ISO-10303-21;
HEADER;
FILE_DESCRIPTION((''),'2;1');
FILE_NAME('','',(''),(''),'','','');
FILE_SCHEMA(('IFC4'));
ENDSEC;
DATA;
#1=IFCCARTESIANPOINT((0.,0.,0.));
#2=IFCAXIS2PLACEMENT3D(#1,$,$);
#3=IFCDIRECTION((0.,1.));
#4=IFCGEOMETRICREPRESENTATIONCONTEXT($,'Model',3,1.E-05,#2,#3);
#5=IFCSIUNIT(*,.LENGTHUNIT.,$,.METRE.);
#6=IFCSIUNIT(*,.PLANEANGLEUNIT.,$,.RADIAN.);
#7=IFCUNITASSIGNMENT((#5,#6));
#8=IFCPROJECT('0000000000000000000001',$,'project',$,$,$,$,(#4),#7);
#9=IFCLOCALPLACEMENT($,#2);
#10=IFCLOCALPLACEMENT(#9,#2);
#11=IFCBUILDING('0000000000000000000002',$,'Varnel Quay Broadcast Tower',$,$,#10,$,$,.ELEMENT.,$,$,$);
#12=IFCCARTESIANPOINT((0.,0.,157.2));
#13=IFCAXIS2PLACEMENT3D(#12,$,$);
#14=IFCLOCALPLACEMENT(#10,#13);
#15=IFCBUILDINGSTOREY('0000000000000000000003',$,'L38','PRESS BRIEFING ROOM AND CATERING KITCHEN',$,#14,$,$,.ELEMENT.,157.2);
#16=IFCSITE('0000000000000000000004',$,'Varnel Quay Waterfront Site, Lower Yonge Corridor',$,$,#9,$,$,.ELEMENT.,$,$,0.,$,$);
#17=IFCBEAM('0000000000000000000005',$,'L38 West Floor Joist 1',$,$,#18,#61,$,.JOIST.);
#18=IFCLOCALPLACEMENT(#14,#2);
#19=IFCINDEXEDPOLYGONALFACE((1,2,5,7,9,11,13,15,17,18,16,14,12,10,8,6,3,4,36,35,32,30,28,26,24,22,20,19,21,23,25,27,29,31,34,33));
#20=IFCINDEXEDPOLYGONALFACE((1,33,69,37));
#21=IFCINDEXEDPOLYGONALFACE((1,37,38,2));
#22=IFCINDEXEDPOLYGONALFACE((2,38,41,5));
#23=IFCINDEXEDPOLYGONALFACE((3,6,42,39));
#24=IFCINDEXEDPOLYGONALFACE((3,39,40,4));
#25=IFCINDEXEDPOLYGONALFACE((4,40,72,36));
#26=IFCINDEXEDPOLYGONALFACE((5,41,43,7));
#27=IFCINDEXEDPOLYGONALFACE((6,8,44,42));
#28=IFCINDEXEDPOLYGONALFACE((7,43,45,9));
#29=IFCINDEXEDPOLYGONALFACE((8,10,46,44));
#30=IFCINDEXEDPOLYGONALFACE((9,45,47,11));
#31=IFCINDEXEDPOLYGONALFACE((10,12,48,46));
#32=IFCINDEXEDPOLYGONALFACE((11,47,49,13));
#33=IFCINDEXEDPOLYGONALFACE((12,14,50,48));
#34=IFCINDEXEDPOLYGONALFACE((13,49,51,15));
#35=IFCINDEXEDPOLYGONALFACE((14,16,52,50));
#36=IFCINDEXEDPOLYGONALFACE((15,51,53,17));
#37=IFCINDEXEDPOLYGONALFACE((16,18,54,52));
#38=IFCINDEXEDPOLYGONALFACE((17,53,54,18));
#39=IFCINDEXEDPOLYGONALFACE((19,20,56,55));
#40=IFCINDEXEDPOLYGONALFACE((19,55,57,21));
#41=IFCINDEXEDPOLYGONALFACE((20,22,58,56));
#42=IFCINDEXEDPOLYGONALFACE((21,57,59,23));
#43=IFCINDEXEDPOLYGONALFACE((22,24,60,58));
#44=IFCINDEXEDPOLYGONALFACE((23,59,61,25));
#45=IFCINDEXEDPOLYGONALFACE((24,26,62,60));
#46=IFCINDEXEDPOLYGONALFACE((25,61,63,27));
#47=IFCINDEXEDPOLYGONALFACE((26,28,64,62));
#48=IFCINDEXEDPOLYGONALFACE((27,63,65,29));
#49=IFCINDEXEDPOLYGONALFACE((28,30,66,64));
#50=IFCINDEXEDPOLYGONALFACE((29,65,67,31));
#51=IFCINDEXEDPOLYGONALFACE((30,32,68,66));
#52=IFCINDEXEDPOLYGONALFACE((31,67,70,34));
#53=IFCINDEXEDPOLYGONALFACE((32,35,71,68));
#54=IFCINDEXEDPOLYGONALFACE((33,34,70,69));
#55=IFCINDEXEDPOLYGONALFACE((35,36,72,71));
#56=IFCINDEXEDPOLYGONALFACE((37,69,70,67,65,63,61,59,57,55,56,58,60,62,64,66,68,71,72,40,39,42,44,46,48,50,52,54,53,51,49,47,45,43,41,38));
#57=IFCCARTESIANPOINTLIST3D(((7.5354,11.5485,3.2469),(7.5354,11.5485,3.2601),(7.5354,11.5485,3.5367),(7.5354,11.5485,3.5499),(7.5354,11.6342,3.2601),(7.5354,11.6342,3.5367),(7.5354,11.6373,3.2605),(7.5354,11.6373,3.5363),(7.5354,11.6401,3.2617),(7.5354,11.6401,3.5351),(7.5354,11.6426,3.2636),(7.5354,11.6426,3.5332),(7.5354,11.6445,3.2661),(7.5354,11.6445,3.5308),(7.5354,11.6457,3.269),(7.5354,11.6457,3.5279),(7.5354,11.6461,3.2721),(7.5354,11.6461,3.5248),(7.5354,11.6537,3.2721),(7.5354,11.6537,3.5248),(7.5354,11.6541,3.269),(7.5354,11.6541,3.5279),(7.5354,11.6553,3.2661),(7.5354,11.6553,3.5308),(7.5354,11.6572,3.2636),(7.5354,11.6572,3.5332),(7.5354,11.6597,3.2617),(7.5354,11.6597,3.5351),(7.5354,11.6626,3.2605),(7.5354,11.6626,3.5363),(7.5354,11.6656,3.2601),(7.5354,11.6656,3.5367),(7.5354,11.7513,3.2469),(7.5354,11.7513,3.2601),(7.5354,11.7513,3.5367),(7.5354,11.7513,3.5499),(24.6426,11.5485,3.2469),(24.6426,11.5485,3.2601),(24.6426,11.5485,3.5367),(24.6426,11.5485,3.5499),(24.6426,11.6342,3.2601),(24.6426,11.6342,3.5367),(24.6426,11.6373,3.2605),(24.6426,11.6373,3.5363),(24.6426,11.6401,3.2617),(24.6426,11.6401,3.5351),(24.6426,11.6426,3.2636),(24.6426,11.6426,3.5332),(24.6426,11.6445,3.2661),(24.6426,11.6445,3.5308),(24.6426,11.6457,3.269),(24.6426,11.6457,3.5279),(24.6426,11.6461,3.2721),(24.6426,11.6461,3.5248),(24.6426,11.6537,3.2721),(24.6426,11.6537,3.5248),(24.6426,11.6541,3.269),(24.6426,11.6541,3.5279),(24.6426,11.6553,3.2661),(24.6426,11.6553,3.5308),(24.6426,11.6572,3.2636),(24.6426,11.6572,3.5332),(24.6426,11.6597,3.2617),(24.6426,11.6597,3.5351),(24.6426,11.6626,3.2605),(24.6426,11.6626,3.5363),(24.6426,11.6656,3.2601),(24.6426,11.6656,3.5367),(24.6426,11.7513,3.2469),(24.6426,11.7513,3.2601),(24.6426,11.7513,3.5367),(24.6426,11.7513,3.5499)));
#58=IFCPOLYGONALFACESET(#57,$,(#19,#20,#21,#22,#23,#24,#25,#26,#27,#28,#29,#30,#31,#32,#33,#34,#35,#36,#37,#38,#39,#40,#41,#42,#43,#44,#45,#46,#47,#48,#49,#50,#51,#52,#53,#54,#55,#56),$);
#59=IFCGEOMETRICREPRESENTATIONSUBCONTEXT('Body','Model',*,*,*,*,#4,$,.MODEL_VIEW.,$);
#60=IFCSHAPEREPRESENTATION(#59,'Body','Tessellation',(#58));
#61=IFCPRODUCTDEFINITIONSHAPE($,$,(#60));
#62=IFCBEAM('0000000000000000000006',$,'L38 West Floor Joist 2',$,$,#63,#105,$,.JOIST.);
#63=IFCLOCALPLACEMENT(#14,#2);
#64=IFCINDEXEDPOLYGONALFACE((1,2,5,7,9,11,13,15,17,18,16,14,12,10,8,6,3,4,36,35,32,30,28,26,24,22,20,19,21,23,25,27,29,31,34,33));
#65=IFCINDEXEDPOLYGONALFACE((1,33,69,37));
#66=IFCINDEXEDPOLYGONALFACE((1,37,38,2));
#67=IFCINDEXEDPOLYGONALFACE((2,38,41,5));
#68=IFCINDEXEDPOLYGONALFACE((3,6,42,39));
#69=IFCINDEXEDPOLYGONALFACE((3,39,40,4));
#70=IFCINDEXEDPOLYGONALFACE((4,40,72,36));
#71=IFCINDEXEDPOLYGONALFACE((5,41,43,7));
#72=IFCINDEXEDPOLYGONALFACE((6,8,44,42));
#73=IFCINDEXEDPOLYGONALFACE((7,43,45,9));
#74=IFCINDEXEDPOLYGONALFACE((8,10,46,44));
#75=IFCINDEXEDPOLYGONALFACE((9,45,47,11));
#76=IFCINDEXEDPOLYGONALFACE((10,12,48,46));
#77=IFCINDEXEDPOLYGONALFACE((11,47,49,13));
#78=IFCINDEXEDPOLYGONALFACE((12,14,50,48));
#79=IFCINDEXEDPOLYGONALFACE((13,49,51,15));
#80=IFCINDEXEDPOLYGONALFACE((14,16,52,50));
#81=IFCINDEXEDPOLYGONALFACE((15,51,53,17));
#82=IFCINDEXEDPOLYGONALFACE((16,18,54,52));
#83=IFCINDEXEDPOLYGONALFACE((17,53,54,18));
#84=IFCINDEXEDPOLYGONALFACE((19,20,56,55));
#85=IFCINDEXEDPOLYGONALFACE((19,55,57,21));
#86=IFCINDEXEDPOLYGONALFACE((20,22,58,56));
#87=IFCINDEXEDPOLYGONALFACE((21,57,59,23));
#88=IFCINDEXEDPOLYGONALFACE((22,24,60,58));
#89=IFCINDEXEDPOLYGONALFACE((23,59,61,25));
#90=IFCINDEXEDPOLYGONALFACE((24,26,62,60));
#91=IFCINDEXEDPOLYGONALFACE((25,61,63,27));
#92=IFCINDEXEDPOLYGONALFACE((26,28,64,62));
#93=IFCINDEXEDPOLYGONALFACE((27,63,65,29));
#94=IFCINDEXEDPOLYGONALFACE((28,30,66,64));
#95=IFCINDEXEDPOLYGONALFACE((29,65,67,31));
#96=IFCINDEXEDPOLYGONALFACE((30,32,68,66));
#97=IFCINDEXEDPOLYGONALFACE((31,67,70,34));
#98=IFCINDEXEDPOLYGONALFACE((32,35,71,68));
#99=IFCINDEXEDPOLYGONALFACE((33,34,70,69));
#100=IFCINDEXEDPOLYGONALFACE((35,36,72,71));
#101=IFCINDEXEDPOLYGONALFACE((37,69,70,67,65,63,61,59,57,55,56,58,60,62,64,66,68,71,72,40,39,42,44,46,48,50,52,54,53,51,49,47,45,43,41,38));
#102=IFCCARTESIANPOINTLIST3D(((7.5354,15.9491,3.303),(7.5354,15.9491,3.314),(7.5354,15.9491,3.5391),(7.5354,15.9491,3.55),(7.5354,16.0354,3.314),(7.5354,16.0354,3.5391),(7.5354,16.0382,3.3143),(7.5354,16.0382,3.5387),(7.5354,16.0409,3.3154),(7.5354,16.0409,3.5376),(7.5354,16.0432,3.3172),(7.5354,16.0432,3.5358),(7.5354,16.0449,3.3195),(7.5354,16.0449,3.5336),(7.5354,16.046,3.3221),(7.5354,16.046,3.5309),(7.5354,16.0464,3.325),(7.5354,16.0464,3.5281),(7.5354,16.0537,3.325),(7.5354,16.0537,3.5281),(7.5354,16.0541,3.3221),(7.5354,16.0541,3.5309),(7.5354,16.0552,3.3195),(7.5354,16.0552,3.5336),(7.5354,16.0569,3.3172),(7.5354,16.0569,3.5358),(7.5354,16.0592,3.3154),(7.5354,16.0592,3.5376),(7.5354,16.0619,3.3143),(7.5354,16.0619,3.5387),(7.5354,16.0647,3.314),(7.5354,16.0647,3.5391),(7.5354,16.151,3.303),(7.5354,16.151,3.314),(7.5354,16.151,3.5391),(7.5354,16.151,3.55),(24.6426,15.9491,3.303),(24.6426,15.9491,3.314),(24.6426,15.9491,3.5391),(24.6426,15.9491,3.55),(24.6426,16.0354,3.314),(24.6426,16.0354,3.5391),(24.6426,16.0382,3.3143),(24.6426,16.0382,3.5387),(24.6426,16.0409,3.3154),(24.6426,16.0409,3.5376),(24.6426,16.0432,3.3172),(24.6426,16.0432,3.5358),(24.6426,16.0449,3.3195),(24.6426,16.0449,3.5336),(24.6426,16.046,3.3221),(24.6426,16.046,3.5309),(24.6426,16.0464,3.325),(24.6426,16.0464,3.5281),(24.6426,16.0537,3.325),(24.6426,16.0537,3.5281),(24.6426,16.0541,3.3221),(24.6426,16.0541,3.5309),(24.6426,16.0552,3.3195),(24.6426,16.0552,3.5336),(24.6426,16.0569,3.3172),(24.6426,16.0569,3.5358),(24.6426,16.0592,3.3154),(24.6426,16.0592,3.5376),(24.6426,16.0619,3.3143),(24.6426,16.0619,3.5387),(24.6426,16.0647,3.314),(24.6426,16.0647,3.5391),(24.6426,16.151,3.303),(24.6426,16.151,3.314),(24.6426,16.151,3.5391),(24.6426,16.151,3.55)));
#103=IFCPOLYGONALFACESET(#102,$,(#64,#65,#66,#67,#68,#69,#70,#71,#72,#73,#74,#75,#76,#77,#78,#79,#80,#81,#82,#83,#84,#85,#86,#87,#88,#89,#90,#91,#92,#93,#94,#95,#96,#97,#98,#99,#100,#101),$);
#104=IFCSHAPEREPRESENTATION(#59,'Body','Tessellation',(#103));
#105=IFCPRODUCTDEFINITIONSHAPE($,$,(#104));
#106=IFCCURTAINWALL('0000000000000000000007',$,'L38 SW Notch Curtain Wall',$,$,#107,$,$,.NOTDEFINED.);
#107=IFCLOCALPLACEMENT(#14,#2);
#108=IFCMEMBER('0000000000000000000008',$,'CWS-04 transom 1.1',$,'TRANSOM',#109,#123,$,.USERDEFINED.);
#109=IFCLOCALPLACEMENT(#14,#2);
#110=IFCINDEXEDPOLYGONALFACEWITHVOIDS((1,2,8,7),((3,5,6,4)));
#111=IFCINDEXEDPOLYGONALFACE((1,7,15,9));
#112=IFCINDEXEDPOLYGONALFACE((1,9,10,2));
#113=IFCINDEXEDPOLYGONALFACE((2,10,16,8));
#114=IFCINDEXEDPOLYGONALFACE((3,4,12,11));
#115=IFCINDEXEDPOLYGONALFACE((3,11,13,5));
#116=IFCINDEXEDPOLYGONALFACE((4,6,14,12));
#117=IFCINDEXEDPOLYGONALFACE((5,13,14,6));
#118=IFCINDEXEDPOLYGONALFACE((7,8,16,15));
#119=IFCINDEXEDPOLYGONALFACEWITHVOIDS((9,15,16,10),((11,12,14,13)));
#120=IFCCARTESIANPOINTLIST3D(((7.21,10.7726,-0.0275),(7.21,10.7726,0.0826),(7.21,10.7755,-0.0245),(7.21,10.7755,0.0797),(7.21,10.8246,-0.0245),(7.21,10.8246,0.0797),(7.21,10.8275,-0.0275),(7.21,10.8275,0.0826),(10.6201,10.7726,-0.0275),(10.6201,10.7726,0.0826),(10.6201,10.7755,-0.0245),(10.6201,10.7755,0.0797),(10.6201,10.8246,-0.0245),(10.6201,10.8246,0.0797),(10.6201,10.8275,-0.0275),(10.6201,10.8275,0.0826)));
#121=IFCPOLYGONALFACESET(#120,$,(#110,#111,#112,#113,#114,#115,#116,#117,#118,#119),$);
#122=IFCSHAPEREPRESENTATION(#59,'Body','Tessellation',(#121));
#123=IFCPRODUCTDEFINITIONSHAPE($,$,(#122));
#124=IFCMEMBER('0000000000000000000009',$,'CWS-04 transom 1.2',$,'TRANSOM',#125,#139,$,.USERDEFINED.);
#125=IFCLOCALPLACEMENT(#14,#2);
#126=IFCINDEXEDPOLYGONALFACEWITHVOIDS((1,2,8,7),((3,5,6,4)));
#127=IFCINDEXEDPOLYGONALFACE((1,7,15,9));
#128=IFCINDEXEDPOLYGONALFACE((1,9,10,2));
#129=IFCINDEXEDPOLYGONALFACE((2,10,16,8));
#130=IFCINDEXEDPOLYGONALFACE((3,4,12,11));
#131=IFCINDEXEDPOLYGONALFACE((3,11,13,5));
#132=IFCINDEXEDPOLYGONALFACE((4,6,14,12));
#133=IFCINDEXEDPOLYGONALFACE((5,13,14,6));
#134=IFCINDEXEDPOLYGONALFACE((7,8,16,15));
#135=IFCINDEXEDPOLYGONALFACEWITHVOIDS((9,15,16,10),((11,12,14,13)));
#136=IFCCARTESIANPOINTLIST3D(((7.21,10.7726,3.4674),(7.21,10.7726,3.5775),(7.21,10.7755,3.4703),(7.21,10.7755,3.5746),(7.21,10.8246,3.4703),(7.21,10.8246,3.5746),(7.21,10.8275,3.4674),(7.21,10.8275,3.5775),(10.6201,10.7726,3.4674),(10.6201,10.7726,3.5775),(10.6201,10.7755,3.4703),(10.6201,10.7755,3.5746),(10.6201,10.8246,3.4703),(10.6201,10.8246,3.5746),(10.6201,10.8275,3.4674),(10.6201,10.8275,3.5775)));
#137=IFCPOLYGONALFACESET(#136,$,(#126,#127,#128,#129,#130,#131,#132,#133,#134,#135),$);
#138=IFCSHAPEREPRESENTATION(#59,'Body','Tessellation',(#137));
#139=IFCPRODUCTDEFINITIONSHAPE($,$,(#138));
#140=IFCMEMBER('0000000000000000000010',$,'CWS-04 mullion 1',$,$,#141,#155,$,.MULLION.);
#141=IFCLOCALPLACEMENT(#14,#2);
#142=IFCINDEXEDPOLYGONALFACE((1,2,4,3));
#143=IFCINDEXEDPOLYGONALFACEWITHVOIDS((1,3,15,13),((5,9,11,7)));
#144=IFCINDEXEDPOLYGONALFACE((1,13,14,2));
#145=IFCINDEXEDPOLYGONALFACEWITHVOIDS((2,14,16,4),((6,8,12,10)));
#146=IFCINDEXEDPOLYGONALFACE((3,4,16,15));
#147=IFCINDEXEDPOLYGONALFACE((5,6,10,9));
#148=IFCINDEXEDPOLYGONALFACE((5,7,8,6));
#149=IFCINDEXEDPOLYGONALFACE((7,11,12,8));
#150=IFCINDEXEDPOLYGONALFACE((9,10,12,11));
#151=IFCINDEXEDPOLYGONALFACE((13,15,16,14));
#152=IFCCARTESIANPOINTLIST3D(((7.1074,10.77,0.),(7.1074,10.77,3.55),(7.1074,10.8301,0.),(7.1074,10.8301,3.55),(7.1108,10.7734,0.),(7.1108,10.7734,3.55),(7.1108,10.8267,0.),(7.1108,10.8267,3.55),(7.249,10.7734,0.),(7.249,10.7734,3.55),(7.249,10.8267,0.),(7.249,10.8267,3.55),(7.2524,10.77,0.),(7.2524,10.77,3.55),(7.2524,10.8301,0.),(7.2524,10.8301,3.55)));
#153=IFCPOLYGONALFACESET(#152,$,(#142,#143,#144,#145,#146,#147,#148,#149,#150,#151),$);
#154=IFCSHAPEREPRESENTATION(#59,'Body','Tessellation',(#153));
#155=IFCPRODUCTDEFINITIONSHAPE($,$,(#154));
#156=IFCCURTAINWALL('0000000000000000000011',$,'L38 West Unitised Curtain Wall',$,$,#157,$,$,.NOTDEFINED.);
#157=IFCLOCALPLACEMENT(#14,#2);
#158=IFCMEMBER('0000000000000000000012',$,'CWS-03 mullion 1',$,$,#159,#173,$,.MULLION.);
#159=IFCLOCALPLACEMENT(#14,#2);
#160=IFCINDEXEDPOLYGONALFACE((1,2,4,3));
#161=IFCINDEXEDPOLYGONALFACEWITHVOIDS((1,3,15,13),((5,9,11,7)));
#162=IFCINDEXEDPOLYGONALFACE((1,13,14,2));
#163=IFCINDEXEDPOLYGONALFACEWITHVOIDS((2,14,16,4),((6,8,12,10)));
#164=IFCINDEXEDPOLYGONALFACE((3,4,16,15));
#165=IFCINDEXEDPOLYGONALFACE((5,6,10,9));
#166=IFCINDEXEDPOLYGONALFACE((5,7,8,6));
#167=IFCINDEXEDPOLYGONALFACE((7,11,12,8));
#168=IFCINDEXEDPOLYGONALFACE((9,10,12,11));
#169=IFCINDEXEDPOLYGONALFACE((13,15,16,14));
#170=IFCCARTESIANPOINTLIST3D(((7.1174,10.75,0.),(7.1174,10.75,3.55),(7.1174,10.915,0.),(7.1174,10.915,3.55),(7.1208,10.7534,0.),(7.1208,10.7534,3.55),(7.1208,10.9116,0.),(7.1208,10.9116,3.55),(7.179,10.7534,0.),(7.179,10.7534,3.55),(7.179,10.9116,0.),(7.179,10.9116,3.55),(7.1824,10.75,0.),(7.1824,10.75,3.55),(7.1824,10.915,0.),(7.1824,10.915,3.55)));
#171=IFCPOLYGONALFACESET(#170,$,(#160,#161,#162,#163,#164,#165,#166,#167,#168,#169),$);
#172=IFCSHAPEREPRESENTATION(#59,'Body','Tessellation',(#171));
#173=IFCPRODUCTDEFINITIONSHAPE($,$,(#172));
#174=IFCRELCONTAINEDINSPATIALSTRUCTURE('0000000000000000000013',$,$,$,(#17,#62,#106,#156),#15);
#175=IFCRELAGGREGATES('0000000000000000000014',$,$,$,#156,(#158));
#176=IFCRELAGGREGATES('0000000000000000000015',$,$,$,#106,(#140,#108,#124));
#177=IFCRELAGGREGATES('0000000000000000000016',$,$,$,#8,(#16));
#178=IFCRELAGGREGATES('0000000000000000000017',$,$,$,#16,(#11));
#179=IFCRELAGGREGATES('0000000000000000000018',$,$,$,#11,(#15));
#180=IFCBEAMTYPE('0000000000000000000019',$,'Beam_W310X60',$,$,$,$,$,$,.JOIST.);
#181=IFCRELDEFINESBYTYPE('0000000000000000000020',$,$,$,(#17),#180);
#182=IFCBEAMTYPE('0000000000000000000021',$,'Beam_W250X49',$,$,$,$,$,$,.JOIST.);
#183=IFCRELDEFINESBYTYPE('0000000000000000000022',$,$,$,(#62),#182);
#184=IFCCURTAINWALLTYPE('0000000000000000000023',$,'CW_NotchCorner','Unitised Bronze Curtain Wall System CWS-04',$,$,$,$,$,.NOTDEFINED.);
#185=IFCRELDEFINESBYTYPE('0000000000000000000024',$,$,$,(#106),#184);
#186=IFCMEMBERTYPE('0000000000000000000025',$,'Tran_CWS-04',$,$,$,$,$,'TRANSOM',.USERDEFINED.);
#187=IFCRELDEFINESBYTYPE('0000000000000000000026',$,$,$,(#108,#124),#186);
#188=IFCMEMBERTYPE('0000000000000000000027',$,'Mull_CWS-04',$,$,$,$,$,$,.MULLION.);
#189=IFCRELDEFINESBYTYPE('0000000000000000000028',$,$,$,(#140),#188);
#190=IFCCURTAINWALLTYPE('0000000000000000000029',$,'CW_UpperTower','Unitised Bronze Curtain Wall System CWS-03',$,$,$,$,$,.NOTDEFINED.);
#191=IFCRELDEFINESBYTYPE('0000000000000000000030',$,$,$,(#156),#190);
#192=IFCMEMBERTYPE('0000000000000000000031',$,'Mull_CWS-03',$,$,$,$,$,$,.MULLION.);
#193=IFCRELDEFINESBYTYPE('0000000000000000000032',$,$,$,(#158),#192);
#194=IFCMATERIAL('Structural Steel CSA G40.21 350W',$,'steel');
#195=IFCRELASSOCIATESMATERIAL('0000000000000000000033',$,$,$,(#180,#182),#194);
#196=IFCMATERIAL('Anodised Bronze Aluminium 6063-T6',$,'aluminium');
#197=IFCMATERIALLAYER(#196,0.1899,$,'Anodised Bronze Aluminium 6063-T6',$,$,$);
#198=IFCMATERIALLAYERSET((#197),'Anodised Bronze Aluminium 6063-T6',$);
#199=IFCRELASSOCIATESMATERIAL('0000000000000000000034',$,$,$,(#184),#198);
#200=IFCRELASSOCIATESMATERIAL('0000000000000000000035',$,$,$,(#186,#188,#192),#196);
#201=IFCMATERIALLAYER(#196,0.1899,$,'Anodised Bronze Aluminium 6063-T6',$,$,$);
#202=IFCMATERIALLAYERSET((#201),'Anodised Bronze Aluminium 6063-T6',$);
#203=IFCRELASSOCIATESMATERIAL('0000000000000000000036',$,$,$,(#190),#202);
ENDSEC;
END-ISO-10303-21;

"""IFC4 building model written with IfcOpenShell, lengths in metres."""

from ifc_helpers import new_model, si_unit, direction, frame, origin, origin_2d, place, context, subcontext, project, spatial, hollow_rectangle, i_section, extrude, source, transform, mapped, material, layer, layer_set, material_profile, profile_set, type_object, type_shapes, element, aggregate, save


model = new_model("IFC4")

# Units and contexts
model_context = context("Model", 3, precision=1e-05, world=origin(), true_north=direction((0.0, 1.0)))
body_context = subcontext(model_context, "Body", "Model", "MODEL_VIEW")
ifc_project = project(units=[si_unit("LENGTHUNIT", "METRE"), si_unit("PLANEANGLEUNIT", "RADIAN")], contexts=[model_context])

# Site, building, storey
site_placement = place(None, origin())
site = spatial("IfcSite", under=ifc_project, at=site_placement, Name="Varnel Quay Waterfront Site, Lower Yonge Corridor", CompositionType="ELEMENT", RefElevation=0.0)
building_placement = place(site_placement, origin())
building = spatial("IfcBuilding", under=site, at=building_placement, Name="Varnel Quay Broadcast Tower", CompositionType="ELEMENT")
storey_placement = place(building_placement, frame((0.0, 0.0, 157.2)))
storey = spatial("IfcBuildingStorey", under=building, at=storey_placement, Name="L38", Description="PRESS BRIEFING ROOM AND CATERING KITCHEN", CompositionType="ELEMENT", Elevation=157.2)

# Shared definitions
ifc_material_1 = material(Name="Structural Steel CSA G40.21 350W", Category="steel")

# Beams
ifc_material_profile_1 = material_profile(ifc_material_1, i_section(OverallWidth=0.2029, OverallDepth=0.303, WebThickness=0.0076, FlangeThickness=0.0132, FilletRadius=0.012, at=origin_2d()), Name="W310X60")
ifc_profile_set_1 = profile_set([ifc_material_profile_1], Name="Structural Steel CSA G40.21 350W")
beam_type_1 = type_object("IfcBeamType", Name="Beam_W310X60", PredefinedType="JOIST", material=ifc_profile_set_1)
shared_shape_1 = source(origin(), body_context, "Body", "SweptSolid", [
    extrude(i_section(OverallWidth=0.2029, OverallDepth=0.303, WebThickness=0.0076, FlangeThickness=0.0132, FilletRadius=0.012, at=origin_2d()), origin(), (0.0, 0.0, 1.0), 17.1072),
])
type_shapes(beam_type_1, [shared_shape_1])
beam_1_placement = place(storey_placement, frame((7.5354, 11.6499, 3.3984), z_axis=(1.0, 0.0, 0.0), x_axis=(0.0, 1.0, 0.0)))
element("IfcBeam", 1, at=beam_1_placement, inside=storey, type_object=beam_type_1, Name="L38 West Floor Joist 1", PredefinedType="JOIST", context=body_context, shape_type="MappedRepresentation", body=[
    mapped(shared_shape_1, transform((0.0, 0.0, 0.0), x_axis=(1.0, 0.0, 0.0), y_axis=(0.0, 1.0, 0.0), z_axis=(0.0, 0.0, 1.0), scale=1.0)),
])
ifc_material_profile_2 = material_profile(ifc_material_1, i_section(OverallWidth=0.2019, OverallDepth=0.2471, WebThickness=0.0073, FlangeThickness=0.011, FilletRadius=0.011, at=origin_2d()), Name="W250X49")
ifc_profile_set_2 = profile_set([ifc_material_profile_2], Name="Structural Steel CSA G40.21 350W")
beam_type_2 = type_object("IfcBeamType", Name="Beam_W250X49", PredefinedType="JOIST", material=ifc_profile_set_2)
shared_shape_2 = source(origin(), body_context, "Body", "SweptSolid", [
    extrude(i_section(OverallWidth=0.2019, OverallDepth=0.2471, WebThickness=0.0073, FlangeThickness=0.011, FilletRadius=0.011, at=origin_2d()), origin(), (0.0, 0.0, 1.0), 17.1072),
])
type_shapes(beam_type_2, [shared_shape_2])
beam_2_placement = place(storey_placement, frame((7.5354, 16.05, 3.4265), z_axis=(1.0, 0.0, 0.0), x_axis=(0.0, 1.0, 0.0)))
element("IfcBeam", 2, at=beam_2_placement, inside=storey, type_object=beam_type_2, Name="L38 West Floor Joist 2", PredefinedType="JOIST", context=body_context, shape_type="MappedRepresentation", body=[
    mapped(shared_shape_2, transform((0.0, 0.0, 0.0), x_axis=(1.0, 0.0, 0.0), y_axis=(0.0, 1.0, 0.0), z_axis=(0.0, 0.0, 1.0), scale=1.0)),
])

# Curtain walls, members
ifc_material_2 = material(Name="Anodised Bronze Aluminium 6063-T6", Category="aluminium")
ifc_layer_1 = layer(ifc_material_2, 0.1899, Name="Anodised Bronze Aluminium 6063-T6")
ifc_layer_set_1 = layer_set([ifc_layer_1], Name="Anodised Bronze Aluminium 6063-T6")
curtain_wall_type_1 = type_object("IfcCurtainWallType", Name="CW_NotchCorner", Description="Unitised Bronze Curtain Wall System CWS-04", PredefinedType="NOTDEFINED", material=ifc_layer_set_1)
curtain_wall_1_placement = place(storey_placement, origin())
curtain_wall_1 = element("IfcCurtainWall", 3, at=curtain_wall_1_placement, inside=storey, type_object=curtain_wall_type_1, Name="L38 SW Notch Curtain Wall", PredefinedType="NOTDEFINED")
ifc_material_profile_3 = material_profile(ifc_material_2, hollow_rectangle(XDim=0.0549, YDim=0.1101, WallThickness=0.0029, at=origin_2d()), Name="ALU55X110X3")
ifc_profile_set_3 = profile_set([ifc_material_profile_3], Name="Anodised Bronze Aluminium 6063-T6")
member_type_1 = type_object("IfcMemberType", Name="Tran_CWS-04", ElementType="TRANSOM", PredefinedType="USERDEFINED", material=ifc_profile_set_3)
shared_shape_3 = source(origin(), body_context, "Body", "SweptSolid", [
    extrude(hollow_rectangle(XDim=0.0549, YDim=0.1101, WallThickness=0.0029, at=origin_2d()), origin(), (0.0, 0.0, 1.0), 3.4102),
])
type_shapes(member_type_1, [shared_shape_3])
member_1_placement = place(storey_placement, frame((7.21, 10.8, 0.0276), z_axis=(1.0, 0.0, 0.0), x_axis=(0.0, 1.0, 0.0)))
member_1 = element("IfcMember", 4, at=member_1_placement, type_object=member_type_1, Name="CWS-04 transom 1.1", ObjectType="TRANSOM", PredefinedType="USERDEFINED", context=body_context, shape_type="MappedRepresentation", body=[
    mapped(shared_shape_3, transform((0.0, 0.0, 0.0), x_axis=(1.0, 0.0, 0.0), y_axis=(0.0, 1.0, 0.0), z_axis=(0.0, 0.0, 1.0), scale=1.0)),
])
member_2_placement = place(storey_placement, frame((7.21, 10.8, 3.5225), z_axis=(1.0, 0.0, 0.0), x_axis=(0.0, 1.0, 0.0)))
member_2 = element("IfcMember", 5, at=member_2_placement, type_object=member_type_1, Name="CWS-04 transom 1.2", ObjectType="TRANSOM", PredefinedType="USERDEFINED", context=body_context, shape_type="MappedRepresentation", body=[
    mapped(shared_shape_3, transform((0.0, 0.0, 0.0), x_axis=(1.0, 0.0, 0.0), y_axis=(0.0, 1.0, 0.0), z_axis=(0.0, 0.0, 1.0), scale=1.0)),
])
ifc_material_profile_4 = material_profile(ifc_material_2, hollow_rectangle(XDim=0.0601, YDim=0.145, WallThickness=0.0034, at=origin_2d()), Name="ALU60X145X3.5")
ifc_profile_set_4 = profile_set([ifc_material_profile_4], Name="Anodised Bronze Aluminium 6063-T6")
member_type_2 = type_object("IfcMemberType", Name="Mull_CWS-04", PredefinedType="MULLION", material=ifc_profile_set_4)
shared_shape_4 = source(origin(), body_context, "Body", "SweptSolid", [
    extrude(hollow_rectangle(XDim=0.0601, YDim=0.145, WallThickness=0.0034, at=origin_2d()), origin(), (0.0, 0.0, 1.0), 3.55),
])
type_shapes(member_type_2, [shared_shape_4])
member_3_placement = place(storey_placement, frame((7.1799, 10.8, 0.0), z_axis=(0.0, 0.0, 1.0), x_axis=(0.0, 1.0, 0.0)))
member_3 = element("IfcMember", 6, at=member_3_placement, type_object=member_type_2, Name="CWS-04 mullion 1", PredefinedType="MULLION", context=body_context, shape_type="MappedRepresentation", body=[
    mapped(shared_shape_4, transform((0.0, 0.0, 0.0), x_axis=(1.0, 0.0, 0.0), y_axis=(0.0, 1.0, 0.0), z_axis=(0.0, 0.0, 1.0), scale=1.0)),
])
ifc_layer_2 = layer(ifc_material_2, 0.1899, Name="Anodised Bronze Aluminium 6063-T6")
ifc_layer_set_2 = layer_set([ifc_layer_2], Name="Anodised Bronze Aluminium 6063-T6")
curtain_wall_type_2 = type_object("IfcCurtainWallType", Name="CW_UpperTower", Description="Unitised Bronze Curtain Wall System CWS-03", PredefinedType="NOTDEFINED", material=ifc_layer_set_2)
curtain_wall_2_placement = place(storey_placement, origin())
curtain_wall_2 = element("IfcCurtainWall", 7, at=curtain_wall_2_placement, inside=storey, type_object=curtain_wall_type_2, Name="L38 West Unitised Curtain Wall", PredefinedType="NOTDEFINED")
ifc_material_profile_5 = material_profile(ifc_material_2, hollow_rectangle(XDim=0.0649, YDim=0.165, WallThickness=0.0034, at=origin_2d()), Name="ALU65X165X3.5")
ifc_profile_set_5 = profile_set([ifc_material_profile_5], Name="Anodised Bronze Aluminium 6063-T6")
member_type_3 = type_object("IfcMemberType", Name="Mull_CWS-03", PredefinedType="MULLION", material=ifc_profile_set_5)
shared_shape_5 = source(origin(), body_context, "Body", "SweptSolid", [
    extrude(hollow_rectangle(XDim=0.0649, YDim=0.165, WallThickness=0.0034, at=origin_2d()), origin(), (0.0, 0.0, 1.0), 3.55),
])
type_shapes(member_type_3, [shared_shape_5])
member_4_placement = place(storey_placement, frame((7.1499, 10.8325, 0.0), z_axis=(0.0, 0.0, 1.0), x_axis=(-1.0, 0.0, 0.0)))
member_4 = element("IfcMember", 8, at=member_4_placement, type_object=member_type_3, Name="CWS-03 mullion 1", PredefinedType="MULLION", context=body_context, shape_type="MappedRepresentation", body=[
    mapped(shared_shape_5, transform((0.0, 0.0, 0.0), x_axis=(1.0, 0.0, 0.0), y_axis=(0.0, 1.0, 0.0), z_axis=(0.0, 0.0, 1.0), scale=1.0)),
])
aggregate(curtain_wall_2, [member_4])

aggregate(curtain_wall_1, [member_3, member_1, member_2])

save(model, "model.ifc")
